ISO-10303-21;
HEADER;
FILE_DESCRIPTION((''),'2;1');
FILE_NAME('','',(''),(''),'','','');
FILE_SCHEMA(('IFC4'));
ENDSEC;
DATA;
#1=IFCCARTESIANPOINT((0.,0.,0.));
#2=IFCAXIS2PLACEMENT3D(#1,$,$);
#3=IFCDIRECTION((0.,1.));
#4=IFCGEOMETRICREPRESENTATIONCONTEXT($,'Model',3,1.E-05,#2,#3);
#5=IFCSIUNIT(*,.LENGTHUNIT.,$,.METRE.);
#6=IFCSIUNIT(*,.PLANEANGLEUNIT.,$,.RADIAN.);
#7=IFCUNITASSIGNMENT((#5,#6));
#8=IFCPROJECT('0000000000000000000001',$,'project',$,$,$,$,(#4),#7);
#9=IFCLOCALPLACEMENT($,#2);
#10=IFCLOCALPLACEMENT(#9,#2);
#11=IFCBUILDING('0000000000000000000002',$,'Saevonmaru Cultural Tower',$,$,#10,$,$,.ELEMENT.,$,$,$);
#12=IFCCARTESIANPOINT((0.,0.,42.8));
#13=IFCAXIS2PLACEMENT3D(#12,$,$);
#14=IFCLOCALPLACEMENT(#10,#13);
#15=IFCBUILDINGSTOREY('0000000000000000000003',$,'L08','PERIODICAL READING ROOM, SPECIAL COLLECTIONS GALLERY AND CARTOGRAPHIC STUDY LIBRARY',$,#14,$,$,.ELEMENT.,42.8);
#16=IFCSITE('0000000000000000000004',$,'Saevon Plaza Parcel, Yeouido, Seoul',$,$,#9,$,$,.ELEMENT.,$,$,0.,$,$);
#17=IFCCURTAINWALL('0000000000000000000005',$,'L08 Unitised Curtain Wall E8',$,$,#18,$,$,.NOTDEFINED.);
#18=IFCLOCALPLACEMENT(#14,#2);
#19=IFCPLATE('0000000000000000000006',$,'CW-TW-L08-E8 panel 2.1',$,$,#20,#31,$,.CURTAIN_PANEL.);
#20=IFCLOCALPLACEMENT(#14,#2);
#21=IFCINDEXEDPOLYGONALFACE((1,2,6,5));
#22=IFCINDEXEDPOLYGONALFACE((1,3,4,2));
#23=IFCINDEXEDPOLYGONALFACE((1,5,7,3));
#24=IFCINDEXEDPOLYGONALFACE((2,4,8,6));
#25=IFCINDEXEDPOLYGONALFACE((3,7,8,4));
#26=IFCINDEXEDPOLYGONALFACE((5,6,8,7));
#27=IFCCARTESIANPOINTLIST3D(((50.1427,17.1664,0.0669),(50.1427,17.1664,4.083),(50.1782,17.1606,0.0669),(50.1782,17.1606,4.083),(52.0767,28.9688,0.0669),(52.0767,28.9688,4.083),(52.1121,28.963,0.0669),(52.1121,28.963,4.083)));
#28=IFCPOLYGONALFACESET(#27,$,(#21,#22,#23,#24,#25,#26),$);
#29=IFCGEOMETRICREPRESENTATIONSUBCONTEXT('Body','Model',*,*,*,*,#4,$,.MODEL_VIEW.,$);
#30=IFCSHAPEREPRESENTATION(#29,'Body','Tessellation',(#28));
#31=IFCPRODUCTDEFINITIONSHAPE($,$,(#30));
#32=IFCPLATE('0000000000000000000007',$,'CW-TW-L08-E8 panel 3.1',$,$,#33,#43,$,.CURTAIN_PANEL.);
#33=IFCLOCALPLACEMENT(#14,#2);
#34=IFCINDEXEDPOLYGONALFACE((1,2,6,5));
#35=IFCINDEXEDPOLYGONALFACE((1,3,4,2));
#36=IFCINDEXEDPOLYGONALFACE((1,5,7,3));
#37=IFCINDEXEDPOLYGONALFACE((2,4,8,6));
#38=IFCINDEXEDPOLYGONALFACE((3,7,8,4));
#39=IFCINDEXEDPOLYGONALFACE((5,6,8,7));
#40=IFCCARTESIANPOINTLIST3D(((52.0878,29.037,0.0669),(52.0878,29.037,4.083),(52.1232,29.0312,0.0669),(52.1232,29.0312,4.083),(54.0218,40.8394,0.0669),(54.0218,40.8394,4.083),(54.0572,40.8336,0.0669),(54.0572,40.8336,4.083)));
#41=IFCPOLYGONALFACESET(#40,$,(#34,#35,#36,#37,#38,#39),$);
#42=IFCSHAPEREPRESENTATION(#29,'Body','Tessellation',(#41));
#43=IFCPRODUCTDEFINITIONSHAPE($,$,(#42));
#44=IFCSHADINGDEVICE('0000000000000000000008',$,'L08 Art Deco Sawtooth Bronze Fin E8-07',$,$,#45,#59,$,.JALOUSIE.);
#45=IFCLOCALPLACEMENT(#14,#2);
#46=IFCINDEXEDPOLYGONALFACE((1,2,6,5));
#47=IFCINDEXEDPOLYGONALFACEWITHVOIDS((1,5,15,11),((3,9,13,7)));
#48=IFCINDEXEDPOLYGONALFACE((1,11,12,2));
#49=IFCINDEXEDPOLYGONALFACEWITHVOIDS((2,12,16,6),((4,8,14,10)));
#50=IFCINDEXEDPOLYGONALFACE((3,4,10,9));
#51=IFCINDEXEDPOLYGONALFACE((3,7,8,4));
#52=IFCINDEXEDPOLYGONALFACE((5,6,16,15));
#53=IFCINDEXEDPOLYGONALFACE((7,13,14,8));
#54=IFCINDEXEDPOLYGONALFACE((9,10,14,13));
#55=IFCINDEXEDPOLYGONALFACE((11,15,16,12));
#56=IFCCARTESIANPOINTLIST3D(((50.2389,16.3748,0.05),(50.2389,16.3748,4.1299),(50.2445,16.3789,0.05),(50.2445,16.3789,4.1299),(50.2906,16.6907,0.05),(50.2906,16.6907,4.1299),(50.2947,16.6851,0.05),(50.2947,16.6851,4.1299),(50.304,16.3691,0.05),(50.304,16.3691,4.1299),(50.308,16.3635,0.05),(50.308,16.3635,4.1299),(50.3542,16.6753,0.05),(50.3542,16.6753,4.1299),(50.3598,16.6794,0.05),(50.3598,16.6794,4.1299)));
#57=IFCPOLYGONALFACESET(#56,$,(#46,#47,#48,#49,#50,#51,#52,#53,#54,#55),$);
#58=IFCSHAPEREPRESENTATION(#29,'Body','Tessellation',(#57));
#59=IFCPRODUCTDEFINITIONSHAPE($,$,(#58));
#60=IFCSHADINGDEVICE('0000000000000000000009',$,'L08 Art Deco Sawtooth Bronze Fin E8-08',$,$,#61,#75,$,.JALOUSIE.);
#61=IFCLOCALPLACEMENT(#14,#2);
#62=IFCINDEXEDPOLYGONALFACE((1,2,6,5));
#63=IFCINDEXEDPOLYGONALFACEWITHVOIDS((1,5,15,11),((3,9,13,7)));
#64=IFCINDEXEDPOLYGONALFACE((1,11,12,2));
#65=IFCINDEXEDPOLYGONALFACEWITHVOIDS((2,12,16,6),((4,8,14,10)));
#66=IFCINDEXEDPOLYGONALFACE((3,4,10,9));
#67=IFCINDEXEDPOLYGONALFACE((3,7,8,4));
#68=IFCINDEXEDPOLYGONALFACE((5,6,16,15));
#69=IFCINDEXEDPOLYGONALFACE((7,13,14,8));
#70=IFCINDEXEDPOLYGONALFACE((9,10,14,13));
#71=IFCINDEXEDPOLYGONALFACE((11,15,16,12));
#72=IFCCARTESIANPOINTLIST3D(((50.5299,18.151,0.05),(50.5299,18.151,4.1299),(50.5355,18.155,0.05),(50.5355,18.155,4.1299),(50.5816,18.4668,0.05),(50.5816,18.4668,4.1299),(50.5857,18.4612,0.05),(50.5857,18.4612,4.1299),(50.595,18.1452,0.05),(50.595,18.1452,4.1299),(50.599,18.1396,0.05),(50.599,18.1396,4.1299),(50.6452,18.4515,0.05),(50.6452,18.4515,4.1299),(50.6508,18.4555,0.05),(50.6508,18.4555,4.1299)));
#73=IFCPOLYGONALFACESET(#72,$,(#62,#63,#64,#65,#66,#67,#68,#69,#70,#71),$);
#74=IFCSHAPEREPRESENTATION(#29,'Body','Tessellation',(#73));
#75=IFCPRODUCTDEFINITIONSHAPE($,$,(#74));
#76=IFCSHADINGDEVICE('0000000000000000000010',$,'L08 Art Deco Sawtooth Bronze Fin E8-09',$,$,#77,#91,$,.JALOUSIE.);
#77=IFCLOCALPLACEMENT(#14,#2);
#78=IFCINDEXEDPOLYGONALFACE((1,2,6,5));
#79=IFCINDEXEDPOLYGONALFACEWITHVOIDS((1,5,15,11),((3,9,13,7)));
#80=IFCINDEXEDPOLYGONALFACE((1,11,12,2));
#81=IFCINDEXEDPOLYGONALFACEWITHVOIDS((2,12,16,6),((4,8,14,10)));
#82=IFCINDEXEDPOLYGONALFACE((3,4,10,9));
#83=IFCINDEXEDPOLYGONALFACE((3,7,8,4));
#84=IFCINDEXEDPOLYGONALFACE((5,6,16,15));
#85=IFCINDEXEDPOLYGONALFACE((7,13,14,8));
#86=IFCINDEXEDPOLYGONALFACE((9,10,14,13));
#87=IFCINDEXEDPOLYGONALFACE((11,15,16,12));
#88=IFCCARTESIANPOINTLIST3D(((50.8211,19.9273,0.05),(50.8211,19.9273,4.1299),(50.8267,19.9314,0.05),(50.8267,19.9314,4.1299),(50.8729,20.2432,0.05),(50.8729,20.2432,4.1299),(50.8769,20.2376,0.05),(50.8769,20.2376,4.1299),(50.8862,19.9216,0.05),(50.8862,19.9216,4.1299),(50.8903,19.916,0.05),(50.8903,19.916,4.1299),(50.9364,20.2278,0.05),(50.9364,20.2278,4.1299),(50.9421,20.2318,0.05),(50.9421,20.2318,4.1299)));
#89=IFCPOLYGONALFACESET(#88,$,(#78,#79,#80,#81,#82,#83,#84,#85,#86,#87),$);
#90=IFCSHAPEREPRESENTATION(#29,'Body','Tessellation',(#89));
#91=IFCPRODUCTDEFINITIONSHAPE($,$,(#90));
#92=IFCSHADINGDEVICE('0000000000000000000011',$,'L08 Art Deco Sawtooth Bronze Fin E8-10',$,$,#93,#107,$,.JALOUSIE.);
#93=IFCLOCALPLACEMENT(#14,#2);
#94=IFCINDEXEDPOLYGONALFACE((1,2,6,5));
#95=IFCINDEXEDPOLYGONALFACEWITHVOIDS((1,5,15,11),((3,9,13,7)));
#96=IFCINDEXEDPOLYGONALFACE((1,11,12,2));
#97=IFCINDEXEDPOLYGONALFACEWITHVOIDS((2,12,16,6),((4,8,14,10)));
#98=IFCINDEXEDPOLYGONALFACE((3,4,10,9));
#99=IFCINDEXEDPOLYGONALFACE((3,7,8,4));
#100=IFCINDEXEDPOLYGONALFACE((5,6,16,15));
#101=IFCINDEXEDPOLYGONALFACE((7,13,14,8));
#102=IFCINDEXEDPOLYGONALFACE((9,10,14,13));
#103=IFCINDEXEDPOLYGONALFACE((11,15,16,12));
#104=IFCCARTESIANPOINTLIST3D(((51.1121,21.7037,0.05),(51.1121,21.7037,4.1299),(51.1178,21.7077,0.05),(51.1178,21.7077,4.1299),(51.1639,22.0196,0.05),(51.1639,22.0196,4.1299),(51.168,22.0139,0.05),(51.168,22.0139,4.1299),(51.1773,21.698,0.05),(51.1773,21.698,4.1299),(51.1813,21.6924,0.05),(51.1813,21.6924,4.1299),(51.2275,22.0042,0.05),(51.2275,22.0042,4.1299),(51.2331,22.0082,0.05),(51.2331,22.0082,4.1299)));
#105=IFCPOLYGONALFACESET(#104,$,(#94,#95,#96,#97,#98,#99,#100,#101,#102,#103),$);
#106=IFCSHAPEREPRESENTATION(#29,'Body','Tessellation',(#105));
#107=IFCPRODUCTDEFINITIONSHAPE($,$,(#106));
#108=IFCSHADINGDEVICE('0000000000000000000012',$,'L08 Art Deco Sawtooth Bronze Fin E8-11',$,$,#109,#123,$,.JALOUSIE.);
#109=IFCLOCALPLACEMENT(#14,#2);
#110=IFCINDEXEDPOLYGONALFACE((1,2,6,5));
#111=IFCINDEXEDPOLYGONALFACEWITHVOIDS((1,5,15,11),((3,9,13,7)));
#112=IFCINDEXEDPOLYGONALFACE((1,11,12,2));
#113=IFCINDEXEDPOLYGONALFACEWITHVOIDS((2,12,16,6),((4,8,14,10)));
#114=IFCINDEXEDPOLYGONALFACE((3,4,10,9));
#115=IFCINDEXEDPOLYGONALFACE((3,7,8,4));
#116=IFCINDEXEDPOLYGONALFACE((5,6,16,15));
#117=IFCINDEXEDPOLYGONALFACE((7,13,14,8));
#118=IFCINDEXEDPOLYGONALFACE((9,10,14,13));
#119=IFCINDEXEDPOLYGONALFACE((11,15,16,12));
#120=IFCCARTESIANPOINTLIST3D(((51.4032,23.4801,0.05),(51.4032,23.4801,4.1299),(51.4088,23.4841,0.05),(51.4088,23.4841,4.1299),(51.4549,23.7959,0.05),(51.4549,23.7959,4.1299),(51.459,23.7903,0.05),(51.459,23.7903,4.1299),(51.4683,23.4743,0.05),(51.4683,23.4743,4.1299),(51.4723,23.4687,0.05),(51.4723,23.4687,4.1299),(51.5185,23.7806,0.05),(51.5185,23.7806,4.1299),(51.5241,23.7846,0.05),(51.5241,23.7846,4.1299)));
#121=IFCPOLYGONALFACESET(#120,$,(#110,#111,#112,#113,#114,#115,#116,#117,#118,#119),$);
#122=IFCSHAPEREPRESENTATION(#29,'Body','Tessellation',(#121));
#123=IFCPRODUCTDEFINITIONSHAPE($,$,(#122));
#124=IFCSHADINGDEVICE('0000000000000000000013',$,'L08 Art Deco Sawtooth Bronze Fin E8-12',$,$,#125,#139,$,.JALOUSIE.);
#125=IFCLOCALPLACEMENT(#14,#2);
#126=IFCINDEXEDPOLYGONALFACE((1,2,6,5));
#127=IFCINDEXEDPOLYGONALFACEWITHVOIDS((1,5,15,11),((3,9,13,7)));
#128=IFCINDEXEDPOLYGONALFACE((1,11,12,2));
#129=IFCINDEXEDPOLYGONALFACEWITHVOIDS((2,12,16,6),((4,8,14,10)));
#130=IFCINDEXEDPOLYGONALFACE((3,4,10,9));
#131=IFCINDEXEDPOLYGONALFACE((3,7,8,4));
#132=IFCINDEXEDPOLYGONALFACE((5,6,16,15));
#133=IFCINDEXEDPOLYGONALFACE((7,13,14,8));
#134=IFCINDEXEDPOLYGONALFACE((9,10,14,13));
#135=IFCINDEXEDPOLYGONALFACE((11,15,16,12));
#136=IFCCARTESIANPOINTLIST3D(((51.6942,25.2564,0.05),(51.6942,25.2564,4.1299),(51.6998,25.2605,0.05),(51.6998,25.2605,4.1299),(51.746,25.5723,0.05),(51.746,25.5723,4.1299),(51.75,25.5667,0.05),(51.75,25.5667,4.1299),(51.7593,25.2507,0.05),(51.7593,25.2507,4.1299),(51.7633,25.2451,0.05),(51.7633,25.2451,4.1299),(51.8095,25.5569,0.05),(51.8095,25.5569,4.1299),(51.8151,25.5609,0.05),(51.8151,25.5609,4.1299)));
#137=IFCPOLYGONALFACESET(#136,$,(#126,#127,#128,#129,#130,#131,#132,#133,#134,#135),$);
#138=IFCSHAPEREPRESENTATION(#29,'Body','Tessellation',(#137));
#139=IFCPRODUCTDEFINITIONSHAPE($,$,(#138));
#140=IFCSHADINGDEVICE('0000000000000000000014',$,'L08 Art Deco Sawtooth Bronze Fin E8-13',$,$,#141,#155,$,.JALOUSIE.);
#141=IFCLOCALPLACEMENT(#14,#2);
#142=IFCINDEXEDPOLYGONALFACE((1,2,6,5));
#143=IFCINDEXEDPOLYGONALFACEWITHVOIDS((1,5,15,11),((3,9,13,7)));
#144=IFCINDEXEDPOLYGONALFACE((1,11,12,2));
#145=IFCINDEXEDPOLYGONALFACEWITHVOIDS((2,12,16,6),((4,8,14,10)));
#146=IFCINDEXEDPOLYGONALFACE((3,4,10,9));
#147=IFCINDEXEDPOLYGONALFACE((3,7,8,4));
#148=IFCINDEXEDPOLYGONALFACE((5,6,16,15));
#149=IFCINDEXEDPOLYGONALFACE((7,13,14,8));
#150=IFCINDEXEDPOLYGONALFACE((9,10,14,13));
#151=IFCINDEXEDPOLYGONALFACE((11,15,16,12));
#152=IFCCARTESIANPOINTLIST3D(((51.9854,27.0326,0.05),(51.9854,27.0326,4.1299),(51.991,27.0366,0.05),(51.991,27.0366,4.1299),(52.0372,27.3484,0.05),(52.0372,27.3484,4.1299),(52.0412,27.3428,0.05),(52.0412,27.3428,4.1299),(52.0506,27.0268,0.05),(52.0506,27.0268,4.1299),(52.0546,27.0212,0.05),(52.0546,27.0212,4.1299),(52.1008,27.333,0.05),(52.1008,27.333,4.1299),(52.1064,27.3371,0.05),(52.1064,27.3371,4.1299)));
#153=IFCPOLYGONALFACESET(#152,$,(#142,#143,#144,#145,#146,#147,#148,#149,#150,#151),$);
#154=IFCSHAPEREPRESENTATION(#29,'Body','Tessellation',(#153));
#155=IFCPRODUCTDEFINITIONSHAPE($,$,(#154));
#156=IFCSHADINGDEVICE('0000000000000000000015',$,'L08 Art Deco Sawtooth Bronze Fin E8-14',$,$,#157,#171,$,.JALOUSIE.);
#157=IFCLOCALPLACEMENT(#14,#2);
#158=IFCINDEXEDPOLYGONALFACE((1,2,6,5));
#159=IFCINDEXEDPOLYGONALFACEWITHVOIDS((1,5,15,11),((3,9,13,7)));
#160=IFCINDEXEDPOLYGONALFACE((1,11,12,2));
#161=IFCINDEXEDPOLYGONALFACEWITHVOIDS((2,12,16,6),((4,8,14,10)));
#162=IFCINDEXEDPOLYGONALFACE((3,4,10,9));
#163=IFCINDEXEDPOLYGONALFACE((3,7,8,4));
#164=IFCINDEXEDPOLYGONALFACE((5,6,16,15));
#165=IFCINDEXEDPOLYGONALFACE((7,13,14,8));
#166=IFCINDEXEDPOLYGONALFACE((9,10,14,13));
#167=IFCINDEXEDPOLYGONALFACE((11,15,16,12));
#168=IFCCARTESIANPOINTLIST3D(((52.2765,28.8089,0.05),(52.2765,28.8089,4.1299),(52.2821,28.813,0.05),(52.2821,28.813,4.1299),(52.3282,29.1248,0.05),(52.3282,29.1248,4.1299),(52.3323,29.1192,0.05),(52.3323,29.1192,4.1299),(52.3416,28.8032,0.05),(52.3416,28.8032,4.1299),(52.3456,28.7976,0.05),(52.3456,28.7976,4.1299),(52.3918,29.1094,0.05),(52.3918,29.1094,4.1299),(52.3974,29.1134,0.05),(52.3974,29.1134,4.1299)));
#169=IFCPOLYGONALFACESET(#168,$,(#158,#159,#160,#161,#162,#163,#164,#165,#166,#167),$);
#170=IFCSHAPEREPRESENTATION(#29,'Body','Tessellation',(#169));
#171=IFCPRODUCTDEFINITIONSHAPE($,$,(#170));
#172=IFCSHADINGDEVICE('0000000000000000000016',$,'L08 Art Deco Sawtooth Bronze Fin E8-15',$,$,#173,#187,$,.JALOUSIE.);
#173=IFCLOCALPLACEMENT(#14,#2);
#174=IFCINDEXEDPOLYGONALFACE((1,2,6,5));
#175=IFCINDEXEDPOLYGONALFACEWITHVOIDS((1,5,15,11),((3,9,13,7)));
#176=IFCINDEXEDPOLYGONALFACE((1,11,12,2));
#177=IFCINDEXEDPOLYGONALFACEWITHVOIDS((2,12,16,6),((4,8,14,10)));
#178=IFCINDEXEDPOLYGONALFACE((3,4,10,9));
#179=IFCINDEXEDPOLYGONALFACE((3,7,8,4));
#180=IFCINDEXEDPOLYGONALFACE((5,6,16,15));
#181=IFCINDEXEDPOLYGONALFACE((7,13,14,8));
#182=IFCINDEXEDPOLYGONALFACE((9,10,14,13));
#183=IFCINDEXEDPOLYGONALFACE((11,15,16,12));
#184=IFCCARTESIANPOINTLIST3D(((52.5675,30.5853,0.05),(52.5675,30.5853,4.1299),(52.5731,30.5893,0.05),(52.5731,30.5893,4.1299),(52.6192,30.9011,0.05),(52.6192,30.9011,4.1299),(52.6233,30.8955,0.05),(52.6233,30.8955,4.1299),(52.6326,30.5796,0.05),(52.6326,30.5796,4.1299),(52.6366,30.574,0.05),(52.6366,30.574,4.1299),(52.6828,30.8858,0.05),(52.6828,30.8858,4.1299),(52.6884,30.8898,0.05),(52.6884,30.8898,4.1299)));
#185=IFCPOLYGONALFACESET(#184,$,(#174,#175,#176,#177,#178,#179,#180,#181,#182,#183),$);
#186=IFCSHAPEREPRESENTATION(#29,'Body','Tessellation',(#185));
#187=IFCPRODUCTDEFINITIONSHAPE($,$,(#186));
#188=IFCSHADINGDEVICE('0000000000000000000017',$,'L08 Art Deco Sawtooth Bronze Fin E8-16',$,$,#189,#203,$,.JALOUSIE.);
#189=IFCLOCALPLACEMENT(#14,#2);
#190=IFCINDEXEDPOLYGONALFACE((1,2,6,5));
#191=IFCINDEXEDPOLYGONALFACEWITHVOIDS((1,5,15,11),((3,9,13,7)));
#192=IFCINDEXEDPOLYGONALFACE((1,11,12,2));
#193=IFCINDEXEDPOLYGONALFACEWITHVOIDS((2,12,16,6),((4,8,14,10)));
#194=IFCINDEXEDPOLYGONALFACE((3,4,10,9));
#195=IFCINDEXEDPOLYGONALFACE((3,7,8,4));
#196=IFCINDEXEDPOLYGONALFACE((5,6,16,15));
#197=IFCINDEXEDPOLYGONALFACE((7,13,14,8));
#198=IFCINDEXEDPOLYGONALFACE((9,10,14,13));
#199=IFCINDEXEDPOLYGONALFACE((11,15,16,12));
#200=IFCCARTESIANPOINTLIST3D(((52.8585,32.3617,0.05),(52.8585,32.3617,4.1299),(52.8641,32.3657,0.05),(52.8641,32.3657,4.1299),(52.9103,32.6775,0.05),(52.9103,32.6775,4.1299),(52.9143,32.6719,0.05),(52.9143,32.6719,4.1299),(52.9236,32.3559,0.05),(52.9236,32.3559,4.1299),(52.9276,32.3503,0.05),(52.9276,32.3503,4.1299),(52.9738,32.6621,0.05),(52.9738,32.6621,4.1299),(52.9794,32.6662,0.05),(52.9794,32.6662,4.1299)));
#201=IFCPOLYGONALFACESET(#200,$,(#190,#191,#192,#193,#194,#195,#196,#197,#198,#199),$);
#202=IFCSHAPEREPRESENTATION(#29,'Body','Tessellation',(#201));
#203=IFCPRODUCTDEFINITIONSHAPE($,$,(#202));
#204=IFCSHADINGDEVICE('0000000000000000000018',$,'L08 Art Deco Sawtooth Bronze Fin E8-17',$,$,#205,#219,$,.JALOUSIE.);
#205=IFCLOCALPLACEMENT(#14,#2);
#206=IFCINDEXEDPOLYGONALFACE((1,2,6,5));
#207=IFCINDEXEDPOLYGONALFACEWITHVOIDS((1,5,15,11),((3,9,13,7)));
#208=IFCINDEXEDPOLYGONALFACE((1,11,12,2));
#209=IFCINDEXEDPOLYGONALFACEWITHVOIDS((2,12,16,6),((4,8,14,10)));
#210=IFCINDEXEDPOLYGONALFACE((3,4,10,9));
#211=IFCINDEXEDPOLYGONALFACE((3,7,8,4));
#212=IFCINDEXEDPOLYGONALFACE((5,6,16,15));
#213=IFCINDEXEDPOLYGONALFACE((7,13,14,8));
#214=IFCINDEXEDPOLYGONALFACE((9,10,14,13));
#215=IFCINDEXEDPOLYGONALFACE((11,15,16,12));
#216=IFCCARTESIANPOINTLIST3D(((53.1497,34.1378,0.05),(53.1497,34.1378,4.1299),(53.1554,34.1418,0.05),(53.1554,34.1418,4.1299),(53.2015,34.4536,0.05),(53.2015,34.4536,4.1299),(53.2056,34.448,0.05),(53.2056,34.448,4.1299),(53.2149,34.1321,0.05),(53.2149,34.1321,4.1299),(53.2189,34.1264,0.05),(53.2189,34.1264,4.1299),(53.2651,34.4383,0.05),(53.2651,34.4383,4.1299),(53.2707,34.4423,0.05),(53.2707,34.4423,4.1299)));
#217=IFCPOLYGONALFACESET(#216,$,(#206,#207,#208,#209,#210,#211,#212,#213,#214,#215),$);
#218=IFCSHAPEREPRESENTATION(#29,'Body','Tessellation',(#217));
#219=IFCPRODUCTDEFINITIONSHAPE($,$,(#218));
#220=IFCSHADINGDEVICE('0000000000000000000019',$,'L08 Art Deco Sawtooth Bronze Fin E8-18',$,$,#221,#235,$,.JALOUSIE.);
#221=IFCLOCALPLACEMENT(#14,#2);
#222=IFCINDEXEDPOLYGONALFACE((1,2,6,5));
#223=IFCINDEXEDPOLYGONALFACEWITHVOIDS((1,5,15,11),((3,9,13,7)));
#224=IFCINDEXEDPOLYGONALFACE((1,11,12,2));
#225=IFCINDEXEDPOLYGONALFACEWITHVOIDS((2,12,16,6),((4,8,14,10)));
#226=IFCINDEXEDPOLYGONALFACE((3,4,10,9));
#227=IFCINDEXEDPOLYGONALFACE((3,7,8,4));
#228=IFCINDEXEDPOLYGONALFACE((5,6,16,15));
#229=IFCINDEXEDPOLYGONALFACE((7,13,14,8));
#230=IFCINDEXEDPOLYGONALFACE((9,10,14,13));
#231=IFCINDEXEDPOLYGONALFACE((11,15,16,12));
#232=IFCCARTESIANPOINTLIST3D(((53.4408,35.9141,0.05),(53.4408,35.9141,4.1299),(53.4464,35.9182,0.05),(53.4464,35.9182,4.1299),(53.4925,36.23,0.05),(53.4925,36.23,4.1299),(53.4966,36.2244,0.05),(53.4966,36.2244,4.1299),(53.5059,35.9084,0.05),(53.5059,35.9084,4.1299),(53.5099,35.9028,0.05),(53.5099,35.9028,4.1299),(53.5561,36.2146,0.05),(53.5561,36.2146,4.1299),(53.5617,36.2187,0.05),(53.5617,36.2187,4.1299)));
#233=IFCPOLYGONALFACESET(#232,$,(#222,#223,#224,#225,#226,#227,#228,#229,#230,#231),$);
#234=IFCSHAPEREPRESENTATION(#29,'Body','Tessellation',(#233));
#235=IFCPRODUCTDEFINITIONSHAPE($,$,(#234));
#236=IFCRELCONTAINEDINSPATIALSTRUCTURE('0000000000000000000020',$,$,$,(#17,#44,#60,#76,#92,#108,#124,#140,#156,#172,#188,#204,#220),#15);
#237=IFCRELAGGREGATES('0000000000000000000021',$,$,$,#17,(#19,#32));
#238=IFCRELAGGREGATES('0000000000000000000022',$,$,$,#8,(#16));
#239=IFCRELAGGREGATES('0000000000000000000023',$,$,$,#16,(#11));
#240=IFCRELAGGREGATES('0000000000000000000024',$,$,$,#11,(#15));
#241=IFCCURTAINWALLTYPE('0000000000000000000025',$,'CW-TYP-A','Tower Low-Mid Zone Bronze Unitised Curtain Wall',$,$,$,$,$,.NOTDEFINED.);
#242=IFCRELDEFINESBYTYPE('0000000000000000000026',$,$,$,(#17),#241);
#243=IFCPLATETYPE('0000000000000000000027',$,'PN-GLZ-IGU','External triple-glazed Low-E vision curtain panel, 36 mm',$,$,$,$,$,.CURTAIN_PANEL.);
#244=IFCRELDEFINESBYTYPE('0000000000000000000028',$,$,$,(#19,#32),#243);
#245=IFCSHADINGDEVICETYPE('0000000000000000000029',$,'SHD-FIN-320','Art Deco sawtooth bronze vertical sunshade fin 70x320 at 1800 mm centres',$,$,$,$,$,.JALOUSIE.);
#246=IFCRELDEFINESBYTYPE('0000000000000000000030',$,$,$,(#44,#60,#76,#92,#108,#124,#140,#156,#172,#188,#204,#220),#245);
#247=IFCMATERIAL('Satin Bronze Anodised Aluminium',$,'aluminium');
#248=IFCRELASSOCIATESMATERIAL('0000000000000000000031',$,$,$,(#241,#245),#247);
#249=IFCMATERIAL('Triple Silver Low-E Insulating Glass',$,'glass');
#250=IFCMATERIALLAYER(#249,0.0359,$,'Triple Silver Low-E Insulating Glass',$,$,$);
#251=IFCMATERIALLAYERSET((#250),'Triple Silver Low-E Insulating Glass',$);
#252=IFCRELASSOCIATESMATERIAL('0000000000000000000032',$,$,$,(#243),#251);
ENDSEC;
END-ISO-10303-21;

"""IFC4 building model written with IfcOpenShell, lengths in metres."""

from ifc_helpers import new_model, si_unit, direction, frame, origin, origin_2d, place, context, subcontext, project, spatial, rectangle, hollow_rectangle, extrude, material, layer, layer_set, material_profile, profile_set, type_object, element, aggregate, save


model = new_model("IFC4")

# Units and contexts
model_context = context("Model", 3, precision=1e-05, world=origin(), true_north=direction((0.0, 1.0)))
body_context = subcontext(model_context, "Body", "Model", "MODEL_VIEW")
ifc_project = project(units=[si_unit("LENGTHUNIT", "METRE"), si_unit("PLANEANGLEUNIT", "RADIAN")], contexts=[model_context])

# Site, building, storey
site_placement = place(None, origin())
site = spatial("IfcSite", under=ifc_project, at=site_placement, Name="Saevon Plaza Parcel, Yeouido, Seoul", CompositionType="ELEMENT", RefElevation=0.0)
building_placement = place(site_placement, origin())
building = spatial("IfcBuilding", under=site, at=building_placement, Name="Saevonmaru Cultural Tower", CompositionType="ELEMENT")
storey_placement = place(building_placement, frame((0.0, 0.0, 42.8)))
storey = spatial("IfcBuildingStorey", under=building, at=storey_placement, Name="L08", Description="PERIODICAL READING ROOM, SPECIAL COLLECTIONS GALLERY AND CARTOGRAPHIC STUDY LIBRARY", CompositionType="ELEMENT", Elevation=42.8)

# Curtain wall, plates
ifc_material_1 = material(Name="Satin Bronze Anodised Aluminium", Category="aluminium")
curtain_wall_type = type_object("IfcCurtainWallType", Name="CW-TYP-A", Description="Tower Low-Mid Zone Bronze Unitised Curtain Wall", PredefinedType="NOTDEFINED", material=ifc_material_1)
curtain_wall_placement = place(storey_placement, origin())
curtain_wall = element("IfcCurtainWall", 1, at=curtain_wall_placement, inside=storey, type_object=curtain_wall_type, Name="L08 Unitised Curtain Wall E8", PredefinedType="NOTDEFINED")
ifc_material_2 = material(Name="Triple Silver Low-E Insulating Glass", Category="glass")
ifc_layer_1 = layer(ifc_material_2, 0.0359, Name="Triple Silver Low-E Insulating Glass")
ifc_layer_set_1 = layer_set([ifc_layer_1], Name="Triple Silver Low-E Insulating Glass")
plate_type = type_object("IfcPlateType", Name="PN-GLZ-IGU", Description="External triple-glazed Low-E vision curtain panel, 36 mm", PredefinedType="CURTAIN_PANEL", material=ifc_layer_set_1)
plate_1_placement = place(storey_placement, frame((51.1274, 23.0647, 0.0669), z_axis=(0.0, 0.0, 1.0), x_axis=(0.161709, 0.986839, 0.0)))
plate_1 = element("IfcPlate", 2, at=plate_1_placement, type_object=plate_type, Name="CW-TW-L08-E8 panel 2.1", PredefinedType="CURTAIN_PANEL", context=body_context, shape_type="SweptSolid", body=[
    extrude(rectangle(XDim=11.9597, YDim=0.0359, at=origin_2d()), origin(), (0.0, 0.0, 1.0), 4.0161),
])
plate_2_placement = place(storey_placement, frame((53.0725, 34.9353, 0.0669), z_axis=(0.0, 0.0, 1.0), x_axis=(0.161709, 0.986839, 0.0)))
plate_2 = element("IfcPlate", 3, at=plate_2_placement, type_object=plate_type, Name="CW-TW-L08-E8 panel 3.1", PredefinedType="CURTAIN_PANEL", context=body_context, shape_type="SweptSolid", body=[
    extrude(rectangle(XDim=11.9597, YDim=0.0359, at=origin_2d()), origin(), (0.0, 0.0, 1.0), 4.0161),
])
aggregate(curtain_wall, [plate_1, plate_2])

# Shading devices
ifc_material_profile_1 = material_profile(ifc_material_1, hollow_rectangle(XDim=0.0701, YDim=0.3201, WallThickness=0.0049, at=origin_2d()), Name="FIN-320x70")
ifc_profile_set_1 = profile_set([ifc_material_profile_1], Name="Satin Bronze Anodised Aluminium")
shading_device_type = type_object("IfcShadingDeviceType", Name="SHD-FIN-320", Description="Art Deco sawtooth bronze vertical sunshade fin 70x320 at 1800 mm centres", PredefinedType="JALOUSIE", material=ifc_profile_set_1)
for number, where, z_axis, x_axis, name in (
    (4, (50.2993, 16.5271, 0.05), (0.0, 0.0, 1.0), (0.986827, -0.161776, 0.0), "L08 Art Deco Sawtooth Bronze Fin E8-07"),
    (5, (50.5903, 18.3032, 0.05), (0.0, 0.0, 1.0), (0.986827, -0.161776, 0.0), "L08 Art Deco Sawtooth Bronze Fin E8-08"),
    (6, (50.8816, 20.0796, 0.05), (0.0, 0.0, 1.0), (0.986827, -0.161776, 0.0), "L08 Art Deco Sawtooth Bronze Fin E8-09"),
    (7, (51.1726, 21.856, 0.05), (0.0, 0.0, 1.0), (0.986827, -0.161776, 0.0), "L08 Art Deco Sawtooth Bronze Fin E8-10"),
    (8, (51.4636, 23.6323, 0.05), (0.0, 0.0, 1.0), (0.986827, -0.161776, 0.0), "L08 Art Deco Sawtooth Bronze Fin E8-11"),
    (9, (51.7546, 25.4087, 0.05), (0.0, 0.0, 1.0), (0.986827, -0.161776, 0.0), "L08 Art Deco Sawtooth Bronze Fin E8-12"),
    (10, (52.0459, 27.1848, 0.05), (0.0, 0.0, 1.0), (0.986827, -0.161776, 0.0), "L08 Art Deco Sawtooth Bronze Fin E8-13"),
    (11, (52.3369, 28.9612, 0.05), (0.0, 0.0, 1.0), (0.986827, -0.161776, 0.0), "L08 Art Deco Sawtooth Bronze Fin E8-14"),
    (12, (52.6279, 30.7375, 0.05), (0.0, 0.0, 1.0), (0.986827, -0.161776, 0.0), "L08 Art Deco Sawtooth Bronze Fin E8-15"),
    (13, (52.9189, 32.5139, 0.05), (0.0, 0.0, 1.0), (0.986827, -0.161776, 0.0), "L08 Art Deco Sawtooth Bronze Fin E8-16"),
    (14, (53.2102, 34.29, 0.05), (0.0, 0.0, 1.0), (0.986827, -0.161776, 0.0), "L08 Art Deco Sawtooth Bronze Fin E8-17"),
    (15, (53.5012, 36.0664, 0.05), (0.0, 0.0, 1.0), (0.986827, -0.161776, 0.0), "L08 Art Deco Sawtooth Bronze Fin E8-18"),
):
    element("IfcShadingDevice", number, at=place(storey_placement, frame(where, z_axis=z_axis, x_axis=x_axis)), inside=storey, type_object=shading_device_type, Name=name, PredefinedType="JALOUSIE", context=body_context, shape_type="SweptSolid", body=[
        extrude(hollow_rectangle(XDim=0.0701, YDim=0.3201, WallThickness=0.0049, at=origin_2d()), origin(), (0.0, 0.0, 1.0), 4.0798),
    ])

save(model, "model.ifc")
